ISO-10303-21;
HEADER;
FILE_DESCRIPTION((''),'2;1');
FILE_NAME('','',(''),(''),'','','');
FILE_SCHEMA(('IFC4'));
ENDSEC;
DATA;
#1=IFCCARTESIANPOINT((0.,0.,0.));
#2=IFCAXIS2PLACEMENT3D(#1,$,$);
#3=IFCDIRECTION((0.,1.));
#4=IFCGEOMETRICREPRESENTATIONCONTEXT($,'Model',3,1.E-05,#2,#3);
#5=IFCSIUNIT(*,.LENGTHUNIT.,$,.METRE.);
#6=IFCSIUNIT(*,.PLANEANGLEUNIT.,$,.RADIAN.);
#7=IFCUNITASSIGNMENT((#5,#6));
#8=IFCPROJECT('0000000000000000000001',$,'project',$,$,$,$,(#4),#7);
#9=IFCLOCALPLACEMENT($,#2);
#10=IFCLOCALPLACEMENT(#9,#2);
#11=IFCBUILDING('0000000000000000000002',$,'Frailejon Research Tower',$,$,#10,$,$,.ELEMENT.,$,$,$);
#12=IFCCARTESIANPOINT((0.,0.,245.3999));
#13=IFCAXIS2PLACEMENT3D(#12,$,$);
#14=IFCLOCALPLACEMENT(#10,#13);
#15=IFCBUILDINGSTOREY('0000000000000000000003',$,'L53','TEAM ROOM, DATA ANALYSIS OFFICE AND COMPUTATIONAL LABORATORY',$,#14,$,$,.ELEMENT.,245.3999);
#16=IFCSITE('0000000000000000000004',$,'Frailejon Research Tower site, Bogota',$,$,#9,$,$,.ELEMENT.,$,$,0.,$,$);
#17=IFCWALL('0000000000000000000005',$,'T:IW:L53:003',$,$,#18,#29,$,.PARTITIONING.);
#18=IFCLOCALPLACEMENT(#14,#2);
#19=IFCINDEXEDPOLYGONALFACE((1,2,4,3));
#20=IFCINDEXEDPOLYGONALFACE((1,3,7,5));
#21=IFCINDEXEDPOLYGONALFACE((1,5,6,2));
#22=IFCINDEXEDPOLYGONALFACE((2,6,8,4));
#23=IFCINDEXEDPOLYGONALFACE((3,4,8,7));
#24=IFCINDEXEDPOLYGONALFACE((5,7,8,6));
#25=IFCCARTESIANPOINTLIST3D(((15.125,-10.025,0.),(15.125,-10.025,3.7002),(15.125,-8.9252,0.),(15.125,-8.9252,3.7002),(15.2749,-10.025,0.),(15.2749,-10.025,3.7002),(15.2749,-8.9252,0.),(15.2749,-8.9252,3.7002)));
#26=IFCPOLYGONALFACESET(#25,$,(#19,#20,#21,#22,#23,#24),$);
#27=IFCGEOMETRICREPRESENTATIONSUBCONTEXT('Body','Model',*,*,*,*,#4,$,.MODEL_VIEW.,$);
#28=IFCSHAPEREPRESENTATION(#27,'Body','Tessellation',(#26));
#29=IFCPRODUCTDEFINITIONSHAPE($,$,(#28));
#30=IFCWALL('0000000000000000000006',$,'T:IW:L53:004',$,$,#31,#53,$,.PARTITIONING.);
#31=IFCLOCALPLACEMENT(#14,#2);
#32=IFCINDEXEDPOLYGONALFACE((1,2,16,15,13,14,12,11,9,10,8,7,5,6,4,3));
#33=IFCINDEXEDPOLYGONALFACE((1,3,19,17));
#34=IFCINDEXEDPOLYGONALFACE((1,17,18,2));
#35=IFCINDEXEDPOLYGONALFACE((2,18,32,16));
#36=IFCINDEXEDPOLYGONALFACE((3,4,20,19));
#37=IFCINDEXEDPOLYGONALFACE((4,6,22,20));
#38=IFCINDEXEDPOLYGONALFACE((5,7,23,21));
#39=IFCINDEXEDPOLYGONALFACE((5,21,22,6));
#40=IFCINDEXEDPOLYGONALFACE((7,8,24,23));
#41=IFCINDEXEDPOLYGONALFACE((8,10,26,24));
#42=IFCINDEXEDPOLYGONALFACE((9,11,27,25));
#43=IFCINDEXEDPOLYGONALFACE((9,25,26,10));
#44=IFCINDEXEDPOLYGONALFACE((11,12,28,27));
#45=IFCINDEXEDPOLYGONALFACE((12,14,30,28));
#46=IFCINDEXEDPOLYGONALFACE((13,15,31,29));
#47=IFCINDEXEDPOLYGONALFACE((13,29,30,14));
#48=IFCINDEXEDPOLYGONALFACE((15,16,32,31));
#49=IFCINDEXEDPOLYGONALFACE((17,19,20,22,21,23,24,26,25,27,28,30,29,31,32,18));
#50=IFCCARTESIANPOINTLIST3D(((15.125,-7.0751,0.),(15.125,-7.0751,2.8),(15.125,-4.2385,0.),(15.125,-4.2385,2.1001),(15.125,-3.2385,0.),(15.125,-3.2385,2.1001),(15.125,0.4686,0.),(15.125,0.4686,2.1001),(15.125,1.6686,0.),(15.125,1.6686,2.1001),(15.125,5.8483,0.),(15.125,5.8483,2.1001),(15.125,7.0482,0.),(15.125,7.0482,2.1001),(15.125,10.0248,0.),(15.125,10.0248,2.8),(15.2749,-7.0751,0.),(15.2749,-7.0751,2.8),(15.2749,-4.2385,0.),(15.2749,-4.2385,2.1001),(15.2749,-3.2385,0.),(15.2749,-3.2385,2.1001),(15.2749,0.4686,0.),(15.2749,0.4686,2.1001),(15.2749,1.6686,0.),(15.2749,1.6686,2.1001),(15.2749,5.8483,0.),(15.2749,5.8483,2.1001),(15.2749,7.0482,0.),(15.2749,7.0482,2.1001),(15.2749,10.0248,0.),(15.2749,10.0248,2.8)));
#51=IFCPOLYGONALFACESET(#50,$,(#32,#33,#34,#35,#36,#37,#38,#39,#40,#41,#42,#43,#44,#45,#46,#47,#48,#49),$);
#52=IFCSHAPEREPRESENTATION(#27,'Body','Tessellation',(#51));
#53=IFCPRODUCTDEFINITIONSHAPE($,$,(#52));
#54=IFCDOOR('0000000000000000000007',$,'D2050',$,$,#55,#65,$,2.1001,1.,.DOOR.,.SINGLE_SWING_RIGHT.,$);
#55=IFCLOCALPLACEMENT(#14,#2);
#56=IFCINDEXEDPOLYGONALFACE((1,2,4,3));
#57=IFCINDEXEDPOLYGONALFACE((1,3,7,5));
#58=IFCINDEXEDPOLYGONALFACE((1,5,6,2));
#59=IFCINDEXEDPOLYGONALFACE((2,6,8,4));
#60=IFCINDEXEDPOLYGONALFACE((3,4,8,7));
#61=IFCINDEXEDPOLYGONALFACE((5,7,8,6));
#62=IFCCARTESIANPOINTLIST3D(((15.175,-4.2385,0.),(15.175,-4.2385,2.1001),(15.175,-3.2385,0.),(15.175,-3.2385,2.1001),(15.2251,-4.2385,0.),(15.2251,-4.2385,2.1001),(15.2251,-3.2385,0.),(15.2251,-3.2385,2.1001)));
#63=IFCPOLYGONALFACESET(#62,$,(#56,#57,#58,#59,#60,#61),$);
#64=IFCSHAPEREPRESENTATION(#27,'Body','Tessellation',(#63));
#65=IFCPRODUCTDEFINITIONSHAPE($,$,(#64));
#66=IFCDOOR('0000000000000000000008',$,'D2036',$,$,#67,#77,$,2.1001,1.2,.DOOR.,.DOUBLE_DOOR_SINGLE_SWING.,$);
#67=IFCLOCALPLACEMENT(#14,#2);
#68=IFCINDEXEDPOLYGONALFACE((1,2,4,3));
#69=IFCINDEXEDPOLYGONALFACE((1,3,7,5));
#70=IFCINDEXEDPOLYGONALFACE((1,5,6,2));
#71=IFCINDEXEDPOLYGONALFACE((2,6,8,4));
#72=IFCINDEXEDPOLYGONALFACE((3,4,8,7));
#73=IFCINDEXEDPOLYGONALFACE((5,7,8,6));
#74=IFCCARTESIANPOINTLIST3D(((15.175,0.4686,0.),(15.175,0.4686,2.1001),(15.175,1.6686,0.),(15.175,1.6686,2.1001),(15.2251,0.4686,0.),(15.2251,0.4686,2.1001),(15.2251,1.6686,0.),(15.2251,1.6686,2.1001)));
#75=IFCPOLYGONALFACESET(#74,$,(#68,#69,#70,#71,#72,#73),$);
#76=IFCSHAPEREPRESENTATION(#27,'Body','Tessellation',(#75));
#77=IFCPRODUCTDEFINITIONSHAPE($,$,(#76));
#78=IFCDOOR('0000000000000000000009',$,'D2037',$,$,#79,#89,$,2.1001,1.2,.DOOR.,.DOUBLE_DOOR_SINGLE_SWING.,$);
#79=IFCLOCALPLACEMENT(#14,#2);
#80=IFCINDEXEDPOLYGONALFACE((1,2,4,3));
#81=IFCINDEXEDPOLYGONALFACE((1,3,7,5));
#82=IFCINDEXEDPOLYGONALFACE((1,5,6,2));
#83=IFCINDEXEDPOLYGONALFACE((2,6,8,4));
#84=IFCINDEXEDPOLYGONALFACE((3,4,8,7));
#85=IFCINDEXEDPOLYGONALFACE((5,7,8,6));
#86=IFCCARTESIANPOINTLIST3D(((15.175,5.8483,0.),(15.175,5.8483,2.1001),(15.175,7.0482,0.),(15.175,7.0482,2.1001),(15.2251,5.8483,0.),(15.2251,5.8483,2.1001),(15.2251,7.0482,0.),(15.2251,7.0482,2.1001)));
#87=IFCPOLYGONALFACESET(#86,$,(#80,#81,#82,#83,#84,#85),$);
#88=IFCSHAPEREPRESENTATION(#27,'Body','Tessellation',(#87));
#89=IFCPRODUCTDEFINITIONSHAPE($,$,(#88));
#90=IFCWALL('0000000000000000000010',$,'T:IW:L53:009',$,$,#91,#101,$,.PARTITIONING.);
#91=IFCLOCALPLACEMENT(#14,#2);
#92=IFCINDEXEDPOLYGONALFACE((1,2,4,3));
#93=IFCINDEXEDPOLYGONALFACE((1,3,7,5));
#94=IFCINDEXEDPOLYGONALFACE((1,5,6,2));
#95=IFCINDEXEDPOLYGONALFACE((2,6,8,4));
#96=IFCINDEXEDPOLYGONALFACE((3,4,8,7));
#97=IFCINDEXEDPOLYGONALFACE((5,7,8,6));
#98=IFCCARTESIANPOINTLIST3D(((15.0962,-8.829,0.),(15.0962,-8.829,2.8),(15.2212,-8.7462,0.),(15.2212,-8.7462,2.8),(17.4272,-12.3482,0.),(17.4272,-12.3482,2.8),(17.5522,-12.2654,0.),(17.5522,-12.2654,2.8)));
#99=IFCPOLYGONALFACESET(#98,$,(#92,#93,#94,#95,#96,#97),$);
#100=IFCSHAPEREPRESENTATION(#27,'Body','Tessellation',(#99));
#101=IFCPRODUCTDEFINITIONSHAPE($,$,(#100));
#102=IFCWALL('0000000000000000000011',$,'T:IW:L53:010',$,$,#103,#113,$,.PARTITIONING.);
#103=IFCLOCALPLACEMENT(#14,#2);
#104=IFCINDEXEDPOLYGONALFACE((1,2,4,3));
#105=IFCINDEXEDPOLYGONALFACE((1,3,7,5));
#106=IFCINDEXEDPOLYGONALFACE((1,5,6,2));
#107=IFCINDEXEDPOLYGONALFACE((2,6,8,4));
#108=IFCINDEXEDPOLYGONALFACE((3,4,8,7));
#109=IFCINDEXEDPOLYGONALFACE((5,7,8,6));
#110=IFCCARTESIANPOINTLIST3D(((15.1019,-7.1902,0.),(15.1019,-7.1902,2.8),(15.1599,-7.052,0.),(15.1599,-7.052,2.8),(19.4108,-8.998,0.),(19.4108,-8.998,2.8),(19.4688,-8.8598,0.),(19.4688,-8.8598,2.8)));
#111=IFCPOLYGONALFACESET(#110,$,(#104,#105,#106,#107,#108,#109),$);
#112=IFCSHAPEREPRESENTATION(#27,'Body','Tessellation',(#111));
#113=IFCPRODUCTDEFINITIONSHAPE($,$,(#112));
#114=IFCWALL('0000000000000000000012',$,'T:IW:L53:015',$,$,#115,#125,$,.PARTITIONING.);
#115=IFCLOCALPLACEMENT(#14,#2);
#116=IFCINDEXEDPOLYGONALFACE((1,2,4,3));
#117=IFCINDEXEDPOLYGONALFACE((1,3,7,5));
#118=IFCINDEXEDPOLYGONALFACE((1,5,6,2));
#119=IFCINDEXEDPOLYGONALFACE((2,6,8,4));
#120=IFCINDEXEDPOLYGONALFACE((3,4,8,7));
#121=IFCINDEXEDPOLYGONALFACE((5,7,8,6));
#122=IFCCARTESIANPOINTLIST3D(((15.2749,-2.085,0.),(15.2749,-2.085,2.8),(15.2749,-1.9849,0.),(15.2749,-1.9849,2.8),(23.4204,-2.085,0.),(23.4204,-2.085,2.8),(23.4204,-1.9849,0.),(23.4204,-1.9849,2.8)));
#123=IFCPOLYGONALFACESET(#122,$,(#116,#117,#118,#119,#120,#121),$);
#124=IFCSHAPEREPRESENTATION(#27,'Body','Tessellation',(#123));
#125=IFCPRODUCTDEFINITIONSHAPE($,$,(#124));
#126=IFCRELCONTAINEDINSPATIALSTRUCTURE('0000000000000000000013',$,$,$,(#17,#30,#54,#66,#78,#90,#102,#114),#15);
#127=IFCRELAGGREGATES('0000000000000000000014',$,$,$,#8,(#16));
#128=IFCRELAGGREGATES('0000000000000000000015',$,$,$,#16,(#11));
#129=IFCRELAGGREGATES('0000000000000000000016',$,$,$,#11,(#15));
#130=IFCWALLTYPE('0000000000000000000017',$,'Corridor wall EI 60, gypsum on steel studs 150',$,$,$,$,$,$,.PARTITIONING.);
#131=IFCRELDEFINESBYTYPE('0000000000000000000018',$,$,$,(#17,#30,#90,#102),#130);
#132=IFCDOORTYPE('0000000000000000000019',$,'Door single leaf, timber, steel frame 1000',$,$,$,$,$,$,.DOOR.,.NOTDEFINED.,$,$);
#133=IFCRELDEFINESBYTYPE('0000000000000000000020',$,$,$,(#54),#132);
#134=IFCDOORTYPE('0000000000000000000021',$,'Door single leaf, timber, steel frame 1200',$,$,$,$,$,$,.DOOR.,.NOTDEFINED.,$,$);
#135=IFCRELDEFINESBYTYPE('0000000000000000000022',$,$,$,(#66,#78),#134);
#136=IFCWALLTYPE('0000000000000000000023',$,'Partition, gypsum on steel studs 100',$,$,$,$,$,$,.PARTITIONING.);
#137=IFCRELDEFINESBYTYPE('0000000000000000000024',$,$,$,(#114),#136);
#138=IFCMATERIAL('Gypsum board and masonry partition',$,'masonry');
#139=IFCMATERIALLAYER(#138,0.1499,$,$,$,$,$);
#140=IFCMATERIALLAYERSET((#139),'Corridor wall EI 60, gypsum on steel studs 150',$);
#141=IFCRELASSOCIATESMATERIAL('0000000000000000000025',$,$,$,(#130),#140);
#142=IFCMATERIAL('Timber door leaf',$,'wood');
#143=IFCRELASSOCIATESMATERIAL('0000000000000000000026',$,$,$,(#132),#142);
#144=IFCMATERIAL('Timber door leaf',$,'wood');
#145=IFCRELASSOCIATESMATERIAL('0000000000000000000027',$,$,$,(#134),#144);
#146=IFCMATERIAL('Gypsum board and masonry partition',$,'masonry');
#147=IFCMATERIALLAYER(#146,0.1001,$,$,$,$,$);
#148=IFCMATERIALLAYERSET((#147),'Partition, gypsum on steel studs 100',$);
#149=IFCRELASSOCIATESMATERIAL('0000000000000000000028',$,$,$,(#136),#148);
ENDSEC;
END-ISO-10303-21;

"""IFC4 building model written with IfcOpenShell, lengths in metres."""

from ifc_helpers import new_model, si_unit, direction, frame, frame_2d, origin, place, context, subcontext, project, spatial, rectangle, extrude, material, layer, layer_set, type_object, element, fill, save


model = new_model("IFC4")

# Units and contexts
model_context = context("Model", 3, precision=1e-05, world=origin(), true_north=direction((0.0, 1.0)))
body_context = subcontext(model_context, "Body", "Model", "MODEL_VIEW")
ifc_project = project(units=[si_unit("LENGTHUNIT", "METRE"), si_unit("PLANEANGLEUNIT", "RADIAN")], contexts=[model_context])

# Site, building, storey
site_placement = place(None, origin())
site = spatial("IfcSite", under=ifc_project, at=site_placement, Name="Frailejon Research Tower site, Bogota", CompositionType="ELEMENT", RefElevation=0.0)
building_placement = place(site_placement, origin())
building = spatial("IfcBuilding", under=site, at=building_placement, Name="Frailejon Research Tower", CompositionType="ELEMENT")
storey_placement = place(building_placement, frame((0.0, 0.0, 245.3999)))
storey = spatial("IfcBuildingStorey", under=building, at=storey_placement, Name="L53", Description="TEAM ROOM, DATA ANALYSIS OFFICE AND COMPUTATIONAL LABORATORY", CompositionType="ELEMENT", Elevation=245.3999)

# Wall
ifc_material_1 = material(Name="Gypsum board and masonry partition", Category="masonry")
ifc_layer_1 = layer(ifc_material_1, 0.1499)
ifc_layer_set_1 = layer_set([ifc_layer_1], Name="Corridor wall EI 60, gypsum on steel studs 150")
wall_type_1 = type_object("IfcWallType", Name="Corridor wall EI 60, gypsum on steel studs 150", PredefinedType="PARTITIONING", material=ifc_layer_set_1)
wall_1_placement = place(storey_placement, frame((15.2, -10.0249, 0.0), z_axis=(0.0, 0.0, 1.0), x_axis=(0.0, 1.0, 0.0)))
element("IfcWall", 1, at=wall_1_placement, inside=storey, type_object=wall_type_1, Name="T:IW:L53:003", PredefinedType="PARTITIONING", context=body_context, shape_type="SweptSolid", body=[
    extrude(rectangle(XDim=1.0999, YDim=0.1499, at=frame_2d((0.5498, 0.0))), origin(), (0.0, 0.0, 1.0), 3.7002),
])

# Wall, openings, doors
wall_2_placement = place(storey_placement, frame((15.2, -7.075, 0.0), z_axis=(0.0, 0.0, 1.0), x_axis=(0.0, 1.0, 0.0)))
wall_2 = element("IfcWall", 2, at=wall_2_placement, inside=storey, type_object=wall_type_1, Name="T:IW:L53:004", PredefinedType="PARTITIONING", context=body_context, shape_type="SweptSolid", body=[
    extrude(rectangle(XDim=17.0999, YDim=0.1499, at=frame_2d((8.5498, 0.0))), origin(), (0.0, 0.0, 1.0), 2.8),
])
opening_1_placement = place(wall_2_placement, frame((7.5435, 0.0, 0.0)))
opening_1 = element("IfcOpeningElement", 3, at=opening_1_placement, cuts=wall_2, PredefinedType="OPENING", context=body_context, shape_type="SweptSolid", body=[
    extrude(rectangle(XDim=1.2, YDim=2.1001, at=frame_2d((0.6001, 1.05))), frame((0.0, 0.085, 0.0), z_axis=(0.0, -1.0, 0.0), x_axis=(1.0, 0.0, 0.0)), (0.0, 0.0, 1.0), 0.1699),
])
opening_2_placement = place(wall_2_placement, frame((12.9231, 0.0, 0.0)))
opening_2 = element("IfcOpeningElement", 4, at=opening_2_placement, cuts=wall_2, PredefinedType="OPENING", context=body_context, shape_type="SweptSolid", body=[
    extrude(rectangle(XDim=1.2, YDim=2.1001, at=frame_2d((0.6001, 1.05))), frame((0.0, 0.085, 0.0), z_axis=(0.0, -1.0, 0.0), x_axis=(1.0, 0.0, 0.0)), (0.0, 0.0, 1.0), 0.1699),
])
opening_3_placement = place(wall_2_placement, frame((2.8364, 0.0, 0.0)))
opening_3 = element("IfcOpeningElement", 5, at=opening_3_placement, cuts=wall_2, PredefinedType="OPENING", context=body_context, shape_type="SweptSolid", body=[
    extrude(rectangle(XDim=1.0, YDim=2.1001, at=frame_2d((0.5, 1.05))), frame((0.0, 0.085, 0.0), z_axis=(0.0, -1.0, 0.0), x_axis=(1.0, 0.0, 0.0)), (0.0, 0.0, 1.0), 0.1699),
])
ifc_material_2 = material(Name="Timber door leaf", Category="wood")
door_type_1 = type_object("IfcDoorType", Name="Door single leaf, timber, steel frame 1000", OperationType="NOTDEFINED", PredefinedType="DOOR", material=ifc_material_2)
door_1_placement = place(opening_3_placement, origin())
door_1 = element("IfcDoor", 6, at=door_1_placement, inside=storey, type_object=door_type_1, Name="D2050", OperationType="SINGLE_SWING_RIGHT", OverallHeight=2.1001, OverallWidth=1.0, PredefinedType="DOOR", context=body_context, shape_type="SweptSolid", body=[
    extrude(rectangle(XDim=1.0, YDim=2.1001, at=frame_2d((0.5, 1.05))), frame((0.0, 0.0249, 0.0), z_axis=(0.0, -1.0, 0.0), x_axis=(1.0, 0.0, 0.0)), (0.0, 0.0, 1.0), 0.05),
])
fill(opening_3, door_1)
ifc_material_3 = material(Name="Timber door leaf", Category="wood")
door_type_2 = type_object("IfcDoorType", Name="Door single leaf, timber, steel frame 1200", OperationType="NOTDEFINED", PredefinedType="DOOR", material=ifc_material_3)
door_2_placement = place(opening_1_placement, origin())
door_2 = element("IfcDoor", 7, at=door_2_placement, inside=storey, type_object=door_type_2, Name="D2036", OperationType="DOUBLE_DOOR_SINGLE_SWING", OverallHeight=2.1001, OverallWidth=1.2, PredefinedType="DOOR", context=body_context, shape_type="SweptSolid", body=[
    extrude(rectangle(XDim=1.2, YDim=2.1001, at=frame_2d((0.6001, 1.05))), frame((0.0, 0.0249, 0.0), z_axis=(0.0, -1.0, 0.0), x_axis=(1.0, 0.0, 0.0)), (0.0, 0.0, 1.0), 0.05),
])
fill(opening_1, door_2)
door_3_placement = place(opening_2_placement, origin())
door_3 = element("IfcDoor", 8, at=door_3_placement, inside=storey, type_object=door_type_2, Name="D2037", OperationType="DOUBLE_DOOR_SINGLE_SWING", OverallHeight=2.1001, OverallWidth=1.2, PredefinedType="DOOR", context=body_context, shape_type="SweptSolid", body=[
    extrude(rectangle(XDim=1.2, YDim=2.1001, at=frame_2d((0.6001, 1.05))), frame((0.0, 0.0249, 0.0), z_axis=(0.0, -1.0, 0.0), x_axis=(1.0, 0.0, 0.0)), (0.0, 0.0, 1.0), 0.05),
])
fill(opening_2, door_3)

# Walls
wall_3_placement = place(storey_placement, frame((15.1587, -8.7876, 0.0), z_axis=(0.0, 0.0, 1.0), x_axis=(0.552215, -0.833702, 0.0)))
element("IfcWall", 9, at=wall_3_placement, inside=storey, type_object=wall_type_1, Name="T:IW:L53:009", PredefinedType="PARTITIONING", context=body_context, shape_type="SweptSolid", body=[
    extrude(rectangle(XDim=4.2212, YDim=0.1499, at=frame_2d((2.1106, 0.0))), origin(), (0.0, 0.0, 1.0), 2.8),
])
wall_4_placement = place(storey_placement, frame((15.1309, -7.1211, 0.0), z_axis=(0.0, 0.0, 1.0), x_axis=(0.922131, -0.386877, 0.0)))
element("IfcWall", 10, at=wall_4_placement, inside=storey, type_object=wall_type_1, Name="T:IW:L53:010", PredefinedType="PARTITIONING", context=body_context, shape_type="SweptSolid", body=[
    extrude(rectangle(XDim=4.6729, YDim=0.1499, at=frame_2d((2.3364, 0.0))), origin(), (0.0, 0.0, 1.0), 2.8),
])
ifc_material_4 = material(Name="Gypsum board and masonry partition", Category="masonry")
ifc_layer_2 = layer(ifc_material_4, 0.1001)
ifc_layer_set_2 = layer_set([ifc_layer_2], Name="Partition, gypsum on steel studs 100")
wall_type_2 = type_object("IfcWallType", Name="Partition, gypsum on steel studs 100", PredefinedType="PARTITIONING", material=ifc_layer_set_2)
wall_5_placement = place(storey_placement, frame((15.2749, -2.0349, 0.0), z_axis=(0.0, 0.0, 1.0), x_axis=(1.0, 0.0, 0.0)))
element("IfcWall", 11, at=wall_5_placement, inside=storey, type_object=wall_type_2, Name="T:IW:L53:015", PredefinedType="PARTITIONING", context=body_context, shape_type="SweptSolid", body=[
    extrude(rectangle(XDim=8.1455, YDim=0.1001, at=frame_2d((4.0728, 0.0))), origin(), (0.0, 0.0, 1.0), 2.8),
])

save(model, "model.ifc")
